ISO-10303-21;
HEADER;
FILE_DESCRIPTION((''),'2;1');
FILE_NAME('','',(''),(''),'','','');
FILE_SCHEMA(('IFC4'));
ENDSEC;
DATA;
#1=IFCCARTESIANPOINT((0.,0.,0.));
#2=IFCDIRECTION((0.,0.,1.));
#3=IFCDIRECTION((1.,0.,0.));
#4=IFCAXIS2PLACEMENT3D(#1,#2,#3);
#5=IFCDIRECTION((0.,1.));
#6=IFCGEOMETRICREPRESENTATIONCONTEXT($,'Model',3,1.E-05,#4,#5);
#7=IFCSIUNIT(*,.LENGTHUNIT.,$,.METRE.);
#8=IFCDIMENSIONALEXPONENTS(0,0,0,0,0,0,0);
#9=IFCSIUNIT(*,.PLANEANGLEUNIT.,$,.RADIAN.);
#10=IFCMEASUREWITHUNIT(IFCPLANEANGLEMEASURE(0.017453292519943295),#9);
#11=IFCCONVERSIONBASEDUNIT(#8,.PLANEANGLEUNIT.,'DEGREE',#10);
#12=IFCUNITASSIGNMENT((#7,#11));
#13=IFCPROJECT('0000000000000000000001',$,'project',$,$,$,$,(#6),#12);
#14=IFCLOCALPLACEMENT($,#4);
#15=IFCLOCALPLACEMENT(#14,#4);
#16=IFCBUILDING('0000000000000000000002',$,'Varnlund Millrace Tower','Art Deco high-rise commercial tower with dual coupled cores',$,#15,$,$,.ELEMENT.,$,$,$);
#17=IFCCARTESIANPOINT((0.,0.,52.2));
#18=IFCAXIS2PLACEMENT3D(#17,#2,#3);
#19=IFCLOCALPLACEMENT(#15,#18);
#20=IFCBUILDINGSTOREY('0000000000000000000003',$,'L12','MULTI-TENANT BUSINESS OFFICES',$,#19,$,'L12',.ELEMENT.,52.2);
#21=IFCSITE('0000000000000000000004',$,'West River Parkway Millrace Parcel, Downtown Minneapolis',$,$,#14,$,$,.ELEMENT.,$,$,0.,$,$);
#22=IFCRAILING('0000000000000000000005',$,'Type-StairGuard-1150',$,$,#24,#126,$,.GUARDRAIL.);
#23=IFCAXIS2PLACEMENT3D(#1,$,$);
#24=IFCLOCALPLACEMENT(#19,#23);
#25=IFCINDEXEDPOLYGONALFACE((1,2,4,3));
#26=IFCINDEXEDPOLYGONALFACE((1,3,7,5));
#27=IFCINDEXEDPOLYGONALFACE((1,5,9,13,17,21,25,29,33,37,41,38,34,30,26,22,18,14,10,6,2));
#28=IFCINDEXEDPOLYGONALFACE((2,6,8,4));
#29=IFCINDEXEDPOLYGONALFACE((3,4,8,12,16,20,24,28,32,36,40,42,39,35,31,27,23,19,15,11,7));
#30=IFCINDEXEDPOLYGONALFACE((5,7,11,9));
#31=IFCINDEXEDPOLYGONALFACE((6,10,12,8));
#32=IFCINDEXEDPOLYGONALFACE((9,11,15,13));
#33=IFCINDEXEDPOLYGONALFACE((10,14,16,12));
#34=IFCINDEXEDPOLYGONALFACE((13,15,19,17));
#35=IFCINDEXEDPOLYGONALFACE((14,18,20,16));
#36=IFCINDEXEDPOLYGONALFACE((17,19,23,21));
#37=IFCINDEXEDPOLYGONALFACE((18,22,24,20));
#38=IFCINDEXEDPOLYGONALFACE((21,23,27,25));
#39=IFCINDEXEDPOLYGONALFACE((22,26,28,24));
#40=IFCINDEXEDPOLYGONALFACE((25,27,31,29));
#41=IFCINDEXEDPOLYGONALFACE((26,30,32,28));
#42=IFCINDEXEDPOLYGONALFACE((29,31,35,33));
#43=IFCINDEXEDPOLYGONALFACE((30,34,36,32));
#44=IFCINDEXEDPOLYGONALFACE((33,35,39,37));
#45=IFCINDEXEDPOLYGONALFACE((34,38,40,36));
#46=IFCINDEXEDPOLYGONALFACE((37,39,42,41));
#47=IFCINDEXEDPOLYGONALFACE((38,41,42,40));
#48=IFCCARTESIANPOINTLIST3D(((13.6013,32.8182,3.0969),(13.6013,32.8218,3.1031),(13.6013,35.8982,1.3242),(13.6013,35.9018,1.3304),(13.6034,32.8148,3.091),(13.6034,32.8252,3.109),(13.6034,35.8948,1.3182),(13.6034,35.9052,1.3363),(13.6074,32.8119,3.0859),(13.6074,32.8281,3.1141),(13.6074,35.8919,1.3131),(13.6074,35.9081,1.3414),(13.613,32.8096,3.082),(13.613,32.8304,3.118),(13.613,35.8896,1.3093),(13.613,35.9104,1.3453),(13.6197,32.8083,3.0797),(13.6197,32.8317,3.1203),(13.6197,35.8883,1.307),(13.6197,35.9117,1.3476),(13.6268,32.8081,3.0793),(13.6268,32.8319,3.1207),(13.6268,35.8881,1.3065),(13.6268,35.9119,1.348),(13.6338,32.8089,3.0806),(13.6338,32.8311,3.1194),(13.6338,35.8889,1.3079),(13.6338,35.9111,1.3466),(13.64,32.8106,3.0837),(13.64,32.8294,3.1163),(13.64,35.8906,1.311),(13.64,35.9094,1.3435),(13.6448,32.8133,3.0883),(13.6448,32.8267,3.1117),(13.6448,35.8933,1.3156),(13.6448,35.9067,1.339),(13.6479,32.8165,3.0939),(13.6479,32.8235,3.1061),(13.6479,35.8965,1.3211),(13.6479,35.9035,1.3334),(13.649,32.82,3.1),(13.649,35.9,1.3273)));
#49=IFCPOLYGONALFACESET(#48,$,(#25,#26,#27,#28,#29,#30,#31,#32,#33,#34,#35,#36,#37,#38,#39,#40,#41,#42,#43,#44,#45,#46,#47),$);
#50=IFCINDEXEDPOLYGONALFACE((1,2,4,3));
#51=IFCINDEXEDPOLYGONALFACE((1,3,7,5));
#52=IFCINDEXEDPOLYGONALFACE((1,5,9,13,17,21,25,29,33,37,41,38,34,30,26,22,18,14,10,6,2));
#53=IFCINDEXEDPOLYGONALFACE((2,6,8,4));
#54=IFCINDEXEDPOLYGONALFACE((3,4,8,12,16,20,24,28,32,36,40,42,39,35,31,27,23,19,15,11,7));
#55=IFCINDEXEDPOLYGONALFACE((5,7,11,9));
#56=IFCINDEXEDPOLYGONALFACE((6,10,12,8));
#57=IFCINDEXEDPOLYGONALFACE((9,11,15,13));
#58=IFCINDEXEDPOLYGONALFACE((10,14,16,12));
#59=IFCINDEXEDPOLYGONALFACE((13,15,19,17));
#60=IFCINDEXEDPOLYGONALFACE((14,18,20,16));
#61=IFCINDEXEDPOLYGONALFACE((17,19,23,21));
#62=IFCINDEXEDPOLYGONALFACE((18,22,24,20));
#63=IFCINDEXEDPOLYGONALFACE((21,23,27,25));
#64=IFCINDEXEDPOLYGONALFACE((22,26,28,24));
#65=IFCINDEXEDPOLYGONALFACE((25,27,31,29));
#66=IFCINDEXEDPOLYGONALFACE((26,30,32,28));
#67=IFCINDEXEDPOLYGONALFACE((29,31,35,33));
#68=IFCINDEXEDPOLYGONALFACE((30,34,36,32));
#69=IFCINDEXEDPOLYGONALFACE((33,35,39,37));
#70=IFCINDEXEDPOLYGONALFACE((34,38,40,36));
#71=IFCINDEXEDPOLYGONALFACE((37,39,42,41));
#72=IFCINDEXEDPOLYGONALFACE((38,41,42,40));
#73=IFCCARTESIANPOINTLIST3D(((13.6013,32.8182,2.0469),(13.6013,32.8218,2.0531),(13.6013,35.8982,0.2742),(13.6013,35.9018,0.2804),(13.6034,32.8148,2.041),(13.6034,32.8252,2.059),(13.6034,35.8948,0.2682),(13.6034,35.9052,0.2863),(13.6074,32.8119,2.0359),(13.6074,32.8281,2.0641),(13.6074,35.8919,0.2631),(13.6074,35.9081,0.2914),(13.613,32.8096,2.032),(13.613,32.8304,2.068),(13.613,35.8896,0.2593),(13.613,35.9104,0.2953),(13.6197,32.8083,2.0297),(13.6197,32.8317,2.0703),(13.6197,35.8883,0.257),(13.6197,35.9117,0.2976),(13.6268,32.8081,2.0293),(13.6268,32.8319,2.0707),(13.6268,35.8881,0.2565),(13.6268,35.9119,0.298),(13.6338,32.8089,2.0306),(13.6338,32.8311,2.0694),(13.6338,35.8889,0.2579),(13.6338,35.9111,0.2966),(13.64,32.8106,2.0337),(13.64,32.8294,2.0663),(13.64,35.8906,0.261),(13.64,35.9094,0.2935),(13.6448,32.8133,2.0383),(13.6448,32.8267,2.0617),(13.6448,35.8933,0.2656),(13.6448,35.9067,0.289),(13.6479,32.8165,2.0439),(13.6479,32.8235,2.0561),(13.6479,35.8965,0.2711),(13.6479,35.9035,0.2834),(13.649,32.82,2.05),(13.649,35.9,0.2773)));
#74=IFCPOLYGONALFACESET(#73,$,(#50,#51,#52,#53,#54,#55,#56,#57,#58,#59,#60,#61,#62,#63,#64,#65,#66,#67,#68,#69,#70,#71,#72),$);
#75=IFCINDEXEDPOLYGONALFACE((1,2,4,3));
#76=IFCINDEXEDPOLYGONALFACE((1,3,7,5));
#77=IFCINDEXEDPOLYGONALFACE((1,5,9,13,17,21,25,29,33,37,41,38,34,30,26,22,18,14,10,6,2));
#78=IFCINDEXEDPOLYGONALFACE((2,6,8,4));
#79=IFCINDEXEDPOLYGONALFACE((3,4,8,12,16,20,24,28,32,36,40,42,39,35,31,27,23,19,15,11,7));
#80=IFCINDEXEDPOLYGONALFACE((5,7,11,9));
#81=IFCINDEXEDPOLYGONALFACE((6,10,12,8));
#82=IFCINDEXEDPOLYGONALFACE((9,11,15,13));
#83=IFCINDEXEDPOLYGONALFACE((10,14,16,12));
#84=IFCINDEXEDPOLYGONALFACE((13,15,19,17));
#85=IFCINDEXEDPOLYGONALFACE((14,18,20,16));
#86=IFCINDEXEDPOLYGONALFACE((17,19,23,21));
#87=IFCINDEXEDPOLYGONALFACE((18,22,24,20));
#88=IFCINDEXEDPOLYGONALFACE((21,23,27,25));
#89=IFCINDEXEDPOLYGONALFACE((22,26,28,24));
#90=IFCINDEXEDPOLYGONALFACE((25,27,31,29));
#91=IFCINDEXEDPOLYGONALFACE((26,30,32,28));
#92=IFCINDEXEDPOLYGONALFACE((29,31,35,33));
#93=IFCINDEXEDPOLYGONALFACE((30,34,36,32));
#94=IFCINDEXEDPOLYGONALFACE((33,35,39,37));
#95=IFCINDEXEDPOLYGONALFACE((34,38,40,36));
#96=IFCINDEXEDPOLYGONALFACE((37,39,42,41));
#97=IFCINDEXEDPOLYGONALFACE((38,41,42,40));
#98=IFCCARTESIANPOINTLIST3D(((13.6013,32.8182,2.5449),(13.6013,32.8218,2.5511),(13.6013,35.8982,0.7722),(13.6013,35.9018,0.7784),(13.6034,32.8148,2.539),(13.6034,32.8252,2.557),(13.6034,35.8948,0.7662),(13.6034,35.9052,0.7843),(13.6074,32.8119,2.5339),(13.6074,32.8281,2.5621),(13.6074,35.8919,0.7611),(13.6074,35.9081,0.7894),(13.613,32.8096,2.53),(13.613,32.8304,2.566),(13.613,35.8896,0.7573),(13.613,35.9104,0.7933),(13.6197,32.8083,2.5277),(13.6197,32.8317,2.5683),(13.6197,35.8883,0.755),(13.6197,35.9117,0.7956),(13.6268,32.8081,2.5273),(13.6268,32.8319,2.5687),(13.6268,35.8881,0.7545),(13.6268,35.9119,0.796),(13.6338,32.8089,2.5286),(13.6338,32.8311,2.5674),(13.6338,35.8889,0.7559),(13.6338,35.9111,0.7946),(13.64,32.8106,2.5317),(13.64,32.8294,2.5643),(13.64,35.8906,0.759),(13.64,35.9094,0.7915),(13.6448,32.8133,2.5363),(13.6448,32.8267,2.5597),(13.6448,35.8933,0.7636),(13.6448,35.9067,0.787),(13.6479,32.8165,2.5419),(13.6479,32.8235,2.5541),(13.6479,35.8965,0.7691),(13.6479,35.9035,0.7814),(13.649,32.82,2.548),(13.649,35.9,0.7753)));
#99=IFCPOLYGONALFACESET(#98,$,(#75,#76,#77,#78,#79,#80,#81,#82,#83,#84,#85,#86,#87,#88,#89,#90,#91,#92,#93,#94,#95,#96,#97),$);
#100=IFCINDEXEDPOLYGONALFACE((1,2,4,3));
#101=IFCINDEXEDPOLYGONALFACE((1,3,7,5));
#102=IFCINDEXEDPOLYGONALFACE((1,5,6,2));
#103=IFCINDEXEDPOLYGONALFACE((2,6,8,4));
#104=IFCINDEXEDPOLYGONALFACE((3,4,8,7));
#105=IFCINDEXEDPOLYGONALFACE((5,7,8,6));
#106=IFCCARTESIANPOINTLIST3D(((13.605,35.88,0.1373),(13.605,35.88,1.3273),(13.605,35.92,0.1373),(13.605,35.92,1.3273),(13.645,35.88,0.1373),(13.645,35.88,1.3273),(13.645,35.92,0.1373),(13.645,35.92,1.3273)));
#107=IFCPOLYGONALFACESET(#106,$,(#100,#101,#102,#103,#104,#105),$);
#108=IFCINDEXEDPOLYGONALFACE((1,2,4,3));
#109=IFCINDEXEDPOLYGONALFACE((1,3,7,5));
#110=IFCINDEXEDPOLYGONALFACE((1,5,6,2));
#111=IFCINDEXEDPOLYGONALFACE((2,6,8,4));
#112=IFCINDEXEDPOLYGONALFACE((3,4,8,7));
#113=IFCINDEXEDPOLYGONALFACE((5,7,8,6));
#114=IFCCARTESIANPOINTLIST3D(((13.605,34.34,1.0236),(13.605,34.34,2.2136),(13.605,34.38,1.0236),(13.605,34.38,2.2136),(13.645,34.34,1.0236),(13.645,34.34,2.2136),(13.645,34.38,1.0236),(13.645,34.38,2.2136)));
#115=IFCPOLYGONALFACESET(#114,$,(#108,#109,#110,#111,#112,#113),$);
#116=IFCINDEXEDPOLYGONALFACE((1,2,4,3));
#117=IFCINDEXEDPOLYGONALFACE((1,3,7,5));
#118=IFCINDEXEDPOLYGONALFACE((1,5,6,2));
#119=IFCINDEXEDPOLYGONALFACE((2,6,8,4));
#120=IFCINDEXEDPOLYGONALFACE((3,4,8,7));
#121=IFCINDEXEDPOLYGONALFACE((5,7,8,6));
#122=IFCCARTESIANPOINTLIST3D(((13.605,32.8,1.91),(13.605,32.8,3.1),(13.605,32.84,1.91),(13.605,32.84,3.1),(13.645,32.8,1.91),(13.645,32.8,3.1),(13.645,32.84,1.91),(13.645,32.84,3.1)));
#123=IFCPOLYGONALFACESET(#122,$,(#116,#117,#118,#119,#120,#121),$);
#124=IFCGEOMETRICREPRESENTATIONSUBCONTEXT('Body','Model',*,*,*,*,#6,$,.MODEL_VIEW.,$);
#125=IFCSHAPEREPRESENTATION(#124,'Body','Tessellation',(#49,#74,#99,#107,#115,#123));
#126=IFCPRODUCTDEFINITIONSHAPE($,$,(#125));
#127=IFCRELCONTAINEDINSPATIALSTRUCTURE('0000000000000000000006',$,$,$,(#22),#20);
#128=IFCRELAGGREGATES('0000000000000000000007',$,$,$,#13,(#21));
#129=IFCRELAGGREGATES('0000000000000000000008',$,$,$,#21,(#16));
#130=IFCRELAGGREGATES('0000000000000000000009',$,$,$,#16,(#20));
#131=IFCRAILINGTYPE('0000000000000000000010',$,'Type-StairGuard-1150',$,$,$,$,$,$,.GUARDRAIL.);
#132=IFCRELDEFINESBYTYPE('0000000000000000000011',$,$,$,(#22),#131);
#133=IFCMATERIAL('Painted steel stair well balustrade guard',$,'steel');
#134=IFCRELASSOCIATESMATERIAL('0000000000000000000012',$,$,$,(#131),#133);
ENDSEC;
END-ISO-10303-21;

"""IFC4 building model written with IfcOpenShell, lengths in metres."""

from ifc_helpers import new_model, entity, si_unit, converted_unit, direction, frame, origin_with_axes, origin_2d_with_axis, place, context, subcontext, project, spatial, rectangle, circle, extrude, material, type_object, element, save


model = new_model("IFC4")

# Units and contexts
model_context = context("Model", 3, precision=1e-05, world=origin_with_axes(), true_north=direction((0.0, 1.0)))
body_context = subcontext(model_context, "Body", "Model", "MODEL_VIEW")
ifc_project = project(units=[si_unit("LENGTHUNIT", "METRE"), converted_unit("PLANEANGLEUNIT", "DEGREE", entity("IfcPlaneAngleMeasure", 0.017453292519943295), si_unit("PLANEANGLEUNIT", "RADIAN"), dimensions=[0, 0, 0, 0, 0, 0, 0])], contexts=[model_context])

# Site, building, storey
site_placement = place(None, origin_with_axes())
site = spatial("IfcSite", under=ifc_project, at=site_placement, Name="West River Parkway Millrace Parcel, Downtown Minneapolis", CompositionType="ELEMENT", RefElevation=0.0)
building_placement = place(site_placement, origin_with_axes())
building = spatial("IfcBuilding", under=site, at=building_placement, Name="Varnlund Millrace Tower", Description="Art Deco high-rise commercial tower with dual coupled cores", CompositionType="ELEMENT")
storey_placement = place(building_placement, frame((0.0, 0.0, 52.2), z_axis=(0.0, 0.0, 1.0), x_axis=(1.0, 0.0, 0.0)))
storey = spatial("IfcBuildingStorey", under=building, at=storey_placement, Name="L12", Description="MULTI-TENANT BUSINESS OFFICES", LongName="L12", CompositionType="ELEMENT", Elevation=52.2)

# Railing
ifc_material_1 = material(Name="Painted steel stair well balustrade guard", Category="steel")
railing_type_1 = type_object("IfcRailingType", Name="Type-StairGuard-1150", PredefinedType="GUARDRAIL", material=ifc_material_1)
railing_1_placement = place(storey_placement, frame((0.0, 0.0, -52.2), z_axis=(0.0, 0.0, 1.0), x_axis=(1.0, 0.0, 0.0)))
element("IfcRailing", 1, at=railing_1_placement, inside=storey, type_object=railing_type_1, Name="Type-StairGuard-1150", PredefinedType="GUARDRAIL", context=body_context, shape_type="SweptSolid", body=[
    extrude(circle(Radius=0.024, at=origin_2d_with_axis()), frame((13.625, 35.9, 53.5273), z_axis=(0.0, -0.866696, 0.498836), x_axis=(1.0, 0.0, 0.0)), (0.0, 0.0, 1.0), 3.5537),
    extrude(circle(Radius=0.024, at=origin_2d_with_axis()), frame((13.625, 35.9, 52.4773), z_axis=(0.0, -0.866696, 0.498836), x_axis=(1.0, 0.0, 0.0)), (0.0, 0.0, 1.0), 3.5537),
    extrude(circle(Radius=0.024, at=origin_2d_with_axis()), frame((13.625, 35.9, 52.9753), z_axis=(0.0, -0.866696, 0.498836), x_axis=(1.0, 0.0, 0.0)), (0.0, 0.0, 1.0), 3.5537),
    extrude(rectangle(XDim=0.04, YDim=0.04, at=origin_2d_with_axis()), frame((13.625, 35.9, 52.3373), z_axis=(0.0, 0.0, 1.0), x_axis=(1.0, 0.0, 0.0)), (0.0, 0.0, 1.0), 1.19),
    extrude(rectangle(XDim=0.04, YDim=0.04, at=origin_2d_with_axis()), frame((13.625, 34.36, 53.2236), z_axis=(0.0, 0.0, 1.0), x_axis=(1.0, 0.0, 0.0)), (0.0, 0.0, 1.0), 1.19),
    extrude(rectangle(XDim=0.04, YDim=0.04, at=origin_2d_with_axis()), frame((13.625, 32.82, 54.11), z_axis=(0.0, 0.0, 1.0), x_axis=(1.0, 0.0, 0.0)), (0.0, 0.0, 1.0), 1.19),
])

save(model, "model.ifc")
